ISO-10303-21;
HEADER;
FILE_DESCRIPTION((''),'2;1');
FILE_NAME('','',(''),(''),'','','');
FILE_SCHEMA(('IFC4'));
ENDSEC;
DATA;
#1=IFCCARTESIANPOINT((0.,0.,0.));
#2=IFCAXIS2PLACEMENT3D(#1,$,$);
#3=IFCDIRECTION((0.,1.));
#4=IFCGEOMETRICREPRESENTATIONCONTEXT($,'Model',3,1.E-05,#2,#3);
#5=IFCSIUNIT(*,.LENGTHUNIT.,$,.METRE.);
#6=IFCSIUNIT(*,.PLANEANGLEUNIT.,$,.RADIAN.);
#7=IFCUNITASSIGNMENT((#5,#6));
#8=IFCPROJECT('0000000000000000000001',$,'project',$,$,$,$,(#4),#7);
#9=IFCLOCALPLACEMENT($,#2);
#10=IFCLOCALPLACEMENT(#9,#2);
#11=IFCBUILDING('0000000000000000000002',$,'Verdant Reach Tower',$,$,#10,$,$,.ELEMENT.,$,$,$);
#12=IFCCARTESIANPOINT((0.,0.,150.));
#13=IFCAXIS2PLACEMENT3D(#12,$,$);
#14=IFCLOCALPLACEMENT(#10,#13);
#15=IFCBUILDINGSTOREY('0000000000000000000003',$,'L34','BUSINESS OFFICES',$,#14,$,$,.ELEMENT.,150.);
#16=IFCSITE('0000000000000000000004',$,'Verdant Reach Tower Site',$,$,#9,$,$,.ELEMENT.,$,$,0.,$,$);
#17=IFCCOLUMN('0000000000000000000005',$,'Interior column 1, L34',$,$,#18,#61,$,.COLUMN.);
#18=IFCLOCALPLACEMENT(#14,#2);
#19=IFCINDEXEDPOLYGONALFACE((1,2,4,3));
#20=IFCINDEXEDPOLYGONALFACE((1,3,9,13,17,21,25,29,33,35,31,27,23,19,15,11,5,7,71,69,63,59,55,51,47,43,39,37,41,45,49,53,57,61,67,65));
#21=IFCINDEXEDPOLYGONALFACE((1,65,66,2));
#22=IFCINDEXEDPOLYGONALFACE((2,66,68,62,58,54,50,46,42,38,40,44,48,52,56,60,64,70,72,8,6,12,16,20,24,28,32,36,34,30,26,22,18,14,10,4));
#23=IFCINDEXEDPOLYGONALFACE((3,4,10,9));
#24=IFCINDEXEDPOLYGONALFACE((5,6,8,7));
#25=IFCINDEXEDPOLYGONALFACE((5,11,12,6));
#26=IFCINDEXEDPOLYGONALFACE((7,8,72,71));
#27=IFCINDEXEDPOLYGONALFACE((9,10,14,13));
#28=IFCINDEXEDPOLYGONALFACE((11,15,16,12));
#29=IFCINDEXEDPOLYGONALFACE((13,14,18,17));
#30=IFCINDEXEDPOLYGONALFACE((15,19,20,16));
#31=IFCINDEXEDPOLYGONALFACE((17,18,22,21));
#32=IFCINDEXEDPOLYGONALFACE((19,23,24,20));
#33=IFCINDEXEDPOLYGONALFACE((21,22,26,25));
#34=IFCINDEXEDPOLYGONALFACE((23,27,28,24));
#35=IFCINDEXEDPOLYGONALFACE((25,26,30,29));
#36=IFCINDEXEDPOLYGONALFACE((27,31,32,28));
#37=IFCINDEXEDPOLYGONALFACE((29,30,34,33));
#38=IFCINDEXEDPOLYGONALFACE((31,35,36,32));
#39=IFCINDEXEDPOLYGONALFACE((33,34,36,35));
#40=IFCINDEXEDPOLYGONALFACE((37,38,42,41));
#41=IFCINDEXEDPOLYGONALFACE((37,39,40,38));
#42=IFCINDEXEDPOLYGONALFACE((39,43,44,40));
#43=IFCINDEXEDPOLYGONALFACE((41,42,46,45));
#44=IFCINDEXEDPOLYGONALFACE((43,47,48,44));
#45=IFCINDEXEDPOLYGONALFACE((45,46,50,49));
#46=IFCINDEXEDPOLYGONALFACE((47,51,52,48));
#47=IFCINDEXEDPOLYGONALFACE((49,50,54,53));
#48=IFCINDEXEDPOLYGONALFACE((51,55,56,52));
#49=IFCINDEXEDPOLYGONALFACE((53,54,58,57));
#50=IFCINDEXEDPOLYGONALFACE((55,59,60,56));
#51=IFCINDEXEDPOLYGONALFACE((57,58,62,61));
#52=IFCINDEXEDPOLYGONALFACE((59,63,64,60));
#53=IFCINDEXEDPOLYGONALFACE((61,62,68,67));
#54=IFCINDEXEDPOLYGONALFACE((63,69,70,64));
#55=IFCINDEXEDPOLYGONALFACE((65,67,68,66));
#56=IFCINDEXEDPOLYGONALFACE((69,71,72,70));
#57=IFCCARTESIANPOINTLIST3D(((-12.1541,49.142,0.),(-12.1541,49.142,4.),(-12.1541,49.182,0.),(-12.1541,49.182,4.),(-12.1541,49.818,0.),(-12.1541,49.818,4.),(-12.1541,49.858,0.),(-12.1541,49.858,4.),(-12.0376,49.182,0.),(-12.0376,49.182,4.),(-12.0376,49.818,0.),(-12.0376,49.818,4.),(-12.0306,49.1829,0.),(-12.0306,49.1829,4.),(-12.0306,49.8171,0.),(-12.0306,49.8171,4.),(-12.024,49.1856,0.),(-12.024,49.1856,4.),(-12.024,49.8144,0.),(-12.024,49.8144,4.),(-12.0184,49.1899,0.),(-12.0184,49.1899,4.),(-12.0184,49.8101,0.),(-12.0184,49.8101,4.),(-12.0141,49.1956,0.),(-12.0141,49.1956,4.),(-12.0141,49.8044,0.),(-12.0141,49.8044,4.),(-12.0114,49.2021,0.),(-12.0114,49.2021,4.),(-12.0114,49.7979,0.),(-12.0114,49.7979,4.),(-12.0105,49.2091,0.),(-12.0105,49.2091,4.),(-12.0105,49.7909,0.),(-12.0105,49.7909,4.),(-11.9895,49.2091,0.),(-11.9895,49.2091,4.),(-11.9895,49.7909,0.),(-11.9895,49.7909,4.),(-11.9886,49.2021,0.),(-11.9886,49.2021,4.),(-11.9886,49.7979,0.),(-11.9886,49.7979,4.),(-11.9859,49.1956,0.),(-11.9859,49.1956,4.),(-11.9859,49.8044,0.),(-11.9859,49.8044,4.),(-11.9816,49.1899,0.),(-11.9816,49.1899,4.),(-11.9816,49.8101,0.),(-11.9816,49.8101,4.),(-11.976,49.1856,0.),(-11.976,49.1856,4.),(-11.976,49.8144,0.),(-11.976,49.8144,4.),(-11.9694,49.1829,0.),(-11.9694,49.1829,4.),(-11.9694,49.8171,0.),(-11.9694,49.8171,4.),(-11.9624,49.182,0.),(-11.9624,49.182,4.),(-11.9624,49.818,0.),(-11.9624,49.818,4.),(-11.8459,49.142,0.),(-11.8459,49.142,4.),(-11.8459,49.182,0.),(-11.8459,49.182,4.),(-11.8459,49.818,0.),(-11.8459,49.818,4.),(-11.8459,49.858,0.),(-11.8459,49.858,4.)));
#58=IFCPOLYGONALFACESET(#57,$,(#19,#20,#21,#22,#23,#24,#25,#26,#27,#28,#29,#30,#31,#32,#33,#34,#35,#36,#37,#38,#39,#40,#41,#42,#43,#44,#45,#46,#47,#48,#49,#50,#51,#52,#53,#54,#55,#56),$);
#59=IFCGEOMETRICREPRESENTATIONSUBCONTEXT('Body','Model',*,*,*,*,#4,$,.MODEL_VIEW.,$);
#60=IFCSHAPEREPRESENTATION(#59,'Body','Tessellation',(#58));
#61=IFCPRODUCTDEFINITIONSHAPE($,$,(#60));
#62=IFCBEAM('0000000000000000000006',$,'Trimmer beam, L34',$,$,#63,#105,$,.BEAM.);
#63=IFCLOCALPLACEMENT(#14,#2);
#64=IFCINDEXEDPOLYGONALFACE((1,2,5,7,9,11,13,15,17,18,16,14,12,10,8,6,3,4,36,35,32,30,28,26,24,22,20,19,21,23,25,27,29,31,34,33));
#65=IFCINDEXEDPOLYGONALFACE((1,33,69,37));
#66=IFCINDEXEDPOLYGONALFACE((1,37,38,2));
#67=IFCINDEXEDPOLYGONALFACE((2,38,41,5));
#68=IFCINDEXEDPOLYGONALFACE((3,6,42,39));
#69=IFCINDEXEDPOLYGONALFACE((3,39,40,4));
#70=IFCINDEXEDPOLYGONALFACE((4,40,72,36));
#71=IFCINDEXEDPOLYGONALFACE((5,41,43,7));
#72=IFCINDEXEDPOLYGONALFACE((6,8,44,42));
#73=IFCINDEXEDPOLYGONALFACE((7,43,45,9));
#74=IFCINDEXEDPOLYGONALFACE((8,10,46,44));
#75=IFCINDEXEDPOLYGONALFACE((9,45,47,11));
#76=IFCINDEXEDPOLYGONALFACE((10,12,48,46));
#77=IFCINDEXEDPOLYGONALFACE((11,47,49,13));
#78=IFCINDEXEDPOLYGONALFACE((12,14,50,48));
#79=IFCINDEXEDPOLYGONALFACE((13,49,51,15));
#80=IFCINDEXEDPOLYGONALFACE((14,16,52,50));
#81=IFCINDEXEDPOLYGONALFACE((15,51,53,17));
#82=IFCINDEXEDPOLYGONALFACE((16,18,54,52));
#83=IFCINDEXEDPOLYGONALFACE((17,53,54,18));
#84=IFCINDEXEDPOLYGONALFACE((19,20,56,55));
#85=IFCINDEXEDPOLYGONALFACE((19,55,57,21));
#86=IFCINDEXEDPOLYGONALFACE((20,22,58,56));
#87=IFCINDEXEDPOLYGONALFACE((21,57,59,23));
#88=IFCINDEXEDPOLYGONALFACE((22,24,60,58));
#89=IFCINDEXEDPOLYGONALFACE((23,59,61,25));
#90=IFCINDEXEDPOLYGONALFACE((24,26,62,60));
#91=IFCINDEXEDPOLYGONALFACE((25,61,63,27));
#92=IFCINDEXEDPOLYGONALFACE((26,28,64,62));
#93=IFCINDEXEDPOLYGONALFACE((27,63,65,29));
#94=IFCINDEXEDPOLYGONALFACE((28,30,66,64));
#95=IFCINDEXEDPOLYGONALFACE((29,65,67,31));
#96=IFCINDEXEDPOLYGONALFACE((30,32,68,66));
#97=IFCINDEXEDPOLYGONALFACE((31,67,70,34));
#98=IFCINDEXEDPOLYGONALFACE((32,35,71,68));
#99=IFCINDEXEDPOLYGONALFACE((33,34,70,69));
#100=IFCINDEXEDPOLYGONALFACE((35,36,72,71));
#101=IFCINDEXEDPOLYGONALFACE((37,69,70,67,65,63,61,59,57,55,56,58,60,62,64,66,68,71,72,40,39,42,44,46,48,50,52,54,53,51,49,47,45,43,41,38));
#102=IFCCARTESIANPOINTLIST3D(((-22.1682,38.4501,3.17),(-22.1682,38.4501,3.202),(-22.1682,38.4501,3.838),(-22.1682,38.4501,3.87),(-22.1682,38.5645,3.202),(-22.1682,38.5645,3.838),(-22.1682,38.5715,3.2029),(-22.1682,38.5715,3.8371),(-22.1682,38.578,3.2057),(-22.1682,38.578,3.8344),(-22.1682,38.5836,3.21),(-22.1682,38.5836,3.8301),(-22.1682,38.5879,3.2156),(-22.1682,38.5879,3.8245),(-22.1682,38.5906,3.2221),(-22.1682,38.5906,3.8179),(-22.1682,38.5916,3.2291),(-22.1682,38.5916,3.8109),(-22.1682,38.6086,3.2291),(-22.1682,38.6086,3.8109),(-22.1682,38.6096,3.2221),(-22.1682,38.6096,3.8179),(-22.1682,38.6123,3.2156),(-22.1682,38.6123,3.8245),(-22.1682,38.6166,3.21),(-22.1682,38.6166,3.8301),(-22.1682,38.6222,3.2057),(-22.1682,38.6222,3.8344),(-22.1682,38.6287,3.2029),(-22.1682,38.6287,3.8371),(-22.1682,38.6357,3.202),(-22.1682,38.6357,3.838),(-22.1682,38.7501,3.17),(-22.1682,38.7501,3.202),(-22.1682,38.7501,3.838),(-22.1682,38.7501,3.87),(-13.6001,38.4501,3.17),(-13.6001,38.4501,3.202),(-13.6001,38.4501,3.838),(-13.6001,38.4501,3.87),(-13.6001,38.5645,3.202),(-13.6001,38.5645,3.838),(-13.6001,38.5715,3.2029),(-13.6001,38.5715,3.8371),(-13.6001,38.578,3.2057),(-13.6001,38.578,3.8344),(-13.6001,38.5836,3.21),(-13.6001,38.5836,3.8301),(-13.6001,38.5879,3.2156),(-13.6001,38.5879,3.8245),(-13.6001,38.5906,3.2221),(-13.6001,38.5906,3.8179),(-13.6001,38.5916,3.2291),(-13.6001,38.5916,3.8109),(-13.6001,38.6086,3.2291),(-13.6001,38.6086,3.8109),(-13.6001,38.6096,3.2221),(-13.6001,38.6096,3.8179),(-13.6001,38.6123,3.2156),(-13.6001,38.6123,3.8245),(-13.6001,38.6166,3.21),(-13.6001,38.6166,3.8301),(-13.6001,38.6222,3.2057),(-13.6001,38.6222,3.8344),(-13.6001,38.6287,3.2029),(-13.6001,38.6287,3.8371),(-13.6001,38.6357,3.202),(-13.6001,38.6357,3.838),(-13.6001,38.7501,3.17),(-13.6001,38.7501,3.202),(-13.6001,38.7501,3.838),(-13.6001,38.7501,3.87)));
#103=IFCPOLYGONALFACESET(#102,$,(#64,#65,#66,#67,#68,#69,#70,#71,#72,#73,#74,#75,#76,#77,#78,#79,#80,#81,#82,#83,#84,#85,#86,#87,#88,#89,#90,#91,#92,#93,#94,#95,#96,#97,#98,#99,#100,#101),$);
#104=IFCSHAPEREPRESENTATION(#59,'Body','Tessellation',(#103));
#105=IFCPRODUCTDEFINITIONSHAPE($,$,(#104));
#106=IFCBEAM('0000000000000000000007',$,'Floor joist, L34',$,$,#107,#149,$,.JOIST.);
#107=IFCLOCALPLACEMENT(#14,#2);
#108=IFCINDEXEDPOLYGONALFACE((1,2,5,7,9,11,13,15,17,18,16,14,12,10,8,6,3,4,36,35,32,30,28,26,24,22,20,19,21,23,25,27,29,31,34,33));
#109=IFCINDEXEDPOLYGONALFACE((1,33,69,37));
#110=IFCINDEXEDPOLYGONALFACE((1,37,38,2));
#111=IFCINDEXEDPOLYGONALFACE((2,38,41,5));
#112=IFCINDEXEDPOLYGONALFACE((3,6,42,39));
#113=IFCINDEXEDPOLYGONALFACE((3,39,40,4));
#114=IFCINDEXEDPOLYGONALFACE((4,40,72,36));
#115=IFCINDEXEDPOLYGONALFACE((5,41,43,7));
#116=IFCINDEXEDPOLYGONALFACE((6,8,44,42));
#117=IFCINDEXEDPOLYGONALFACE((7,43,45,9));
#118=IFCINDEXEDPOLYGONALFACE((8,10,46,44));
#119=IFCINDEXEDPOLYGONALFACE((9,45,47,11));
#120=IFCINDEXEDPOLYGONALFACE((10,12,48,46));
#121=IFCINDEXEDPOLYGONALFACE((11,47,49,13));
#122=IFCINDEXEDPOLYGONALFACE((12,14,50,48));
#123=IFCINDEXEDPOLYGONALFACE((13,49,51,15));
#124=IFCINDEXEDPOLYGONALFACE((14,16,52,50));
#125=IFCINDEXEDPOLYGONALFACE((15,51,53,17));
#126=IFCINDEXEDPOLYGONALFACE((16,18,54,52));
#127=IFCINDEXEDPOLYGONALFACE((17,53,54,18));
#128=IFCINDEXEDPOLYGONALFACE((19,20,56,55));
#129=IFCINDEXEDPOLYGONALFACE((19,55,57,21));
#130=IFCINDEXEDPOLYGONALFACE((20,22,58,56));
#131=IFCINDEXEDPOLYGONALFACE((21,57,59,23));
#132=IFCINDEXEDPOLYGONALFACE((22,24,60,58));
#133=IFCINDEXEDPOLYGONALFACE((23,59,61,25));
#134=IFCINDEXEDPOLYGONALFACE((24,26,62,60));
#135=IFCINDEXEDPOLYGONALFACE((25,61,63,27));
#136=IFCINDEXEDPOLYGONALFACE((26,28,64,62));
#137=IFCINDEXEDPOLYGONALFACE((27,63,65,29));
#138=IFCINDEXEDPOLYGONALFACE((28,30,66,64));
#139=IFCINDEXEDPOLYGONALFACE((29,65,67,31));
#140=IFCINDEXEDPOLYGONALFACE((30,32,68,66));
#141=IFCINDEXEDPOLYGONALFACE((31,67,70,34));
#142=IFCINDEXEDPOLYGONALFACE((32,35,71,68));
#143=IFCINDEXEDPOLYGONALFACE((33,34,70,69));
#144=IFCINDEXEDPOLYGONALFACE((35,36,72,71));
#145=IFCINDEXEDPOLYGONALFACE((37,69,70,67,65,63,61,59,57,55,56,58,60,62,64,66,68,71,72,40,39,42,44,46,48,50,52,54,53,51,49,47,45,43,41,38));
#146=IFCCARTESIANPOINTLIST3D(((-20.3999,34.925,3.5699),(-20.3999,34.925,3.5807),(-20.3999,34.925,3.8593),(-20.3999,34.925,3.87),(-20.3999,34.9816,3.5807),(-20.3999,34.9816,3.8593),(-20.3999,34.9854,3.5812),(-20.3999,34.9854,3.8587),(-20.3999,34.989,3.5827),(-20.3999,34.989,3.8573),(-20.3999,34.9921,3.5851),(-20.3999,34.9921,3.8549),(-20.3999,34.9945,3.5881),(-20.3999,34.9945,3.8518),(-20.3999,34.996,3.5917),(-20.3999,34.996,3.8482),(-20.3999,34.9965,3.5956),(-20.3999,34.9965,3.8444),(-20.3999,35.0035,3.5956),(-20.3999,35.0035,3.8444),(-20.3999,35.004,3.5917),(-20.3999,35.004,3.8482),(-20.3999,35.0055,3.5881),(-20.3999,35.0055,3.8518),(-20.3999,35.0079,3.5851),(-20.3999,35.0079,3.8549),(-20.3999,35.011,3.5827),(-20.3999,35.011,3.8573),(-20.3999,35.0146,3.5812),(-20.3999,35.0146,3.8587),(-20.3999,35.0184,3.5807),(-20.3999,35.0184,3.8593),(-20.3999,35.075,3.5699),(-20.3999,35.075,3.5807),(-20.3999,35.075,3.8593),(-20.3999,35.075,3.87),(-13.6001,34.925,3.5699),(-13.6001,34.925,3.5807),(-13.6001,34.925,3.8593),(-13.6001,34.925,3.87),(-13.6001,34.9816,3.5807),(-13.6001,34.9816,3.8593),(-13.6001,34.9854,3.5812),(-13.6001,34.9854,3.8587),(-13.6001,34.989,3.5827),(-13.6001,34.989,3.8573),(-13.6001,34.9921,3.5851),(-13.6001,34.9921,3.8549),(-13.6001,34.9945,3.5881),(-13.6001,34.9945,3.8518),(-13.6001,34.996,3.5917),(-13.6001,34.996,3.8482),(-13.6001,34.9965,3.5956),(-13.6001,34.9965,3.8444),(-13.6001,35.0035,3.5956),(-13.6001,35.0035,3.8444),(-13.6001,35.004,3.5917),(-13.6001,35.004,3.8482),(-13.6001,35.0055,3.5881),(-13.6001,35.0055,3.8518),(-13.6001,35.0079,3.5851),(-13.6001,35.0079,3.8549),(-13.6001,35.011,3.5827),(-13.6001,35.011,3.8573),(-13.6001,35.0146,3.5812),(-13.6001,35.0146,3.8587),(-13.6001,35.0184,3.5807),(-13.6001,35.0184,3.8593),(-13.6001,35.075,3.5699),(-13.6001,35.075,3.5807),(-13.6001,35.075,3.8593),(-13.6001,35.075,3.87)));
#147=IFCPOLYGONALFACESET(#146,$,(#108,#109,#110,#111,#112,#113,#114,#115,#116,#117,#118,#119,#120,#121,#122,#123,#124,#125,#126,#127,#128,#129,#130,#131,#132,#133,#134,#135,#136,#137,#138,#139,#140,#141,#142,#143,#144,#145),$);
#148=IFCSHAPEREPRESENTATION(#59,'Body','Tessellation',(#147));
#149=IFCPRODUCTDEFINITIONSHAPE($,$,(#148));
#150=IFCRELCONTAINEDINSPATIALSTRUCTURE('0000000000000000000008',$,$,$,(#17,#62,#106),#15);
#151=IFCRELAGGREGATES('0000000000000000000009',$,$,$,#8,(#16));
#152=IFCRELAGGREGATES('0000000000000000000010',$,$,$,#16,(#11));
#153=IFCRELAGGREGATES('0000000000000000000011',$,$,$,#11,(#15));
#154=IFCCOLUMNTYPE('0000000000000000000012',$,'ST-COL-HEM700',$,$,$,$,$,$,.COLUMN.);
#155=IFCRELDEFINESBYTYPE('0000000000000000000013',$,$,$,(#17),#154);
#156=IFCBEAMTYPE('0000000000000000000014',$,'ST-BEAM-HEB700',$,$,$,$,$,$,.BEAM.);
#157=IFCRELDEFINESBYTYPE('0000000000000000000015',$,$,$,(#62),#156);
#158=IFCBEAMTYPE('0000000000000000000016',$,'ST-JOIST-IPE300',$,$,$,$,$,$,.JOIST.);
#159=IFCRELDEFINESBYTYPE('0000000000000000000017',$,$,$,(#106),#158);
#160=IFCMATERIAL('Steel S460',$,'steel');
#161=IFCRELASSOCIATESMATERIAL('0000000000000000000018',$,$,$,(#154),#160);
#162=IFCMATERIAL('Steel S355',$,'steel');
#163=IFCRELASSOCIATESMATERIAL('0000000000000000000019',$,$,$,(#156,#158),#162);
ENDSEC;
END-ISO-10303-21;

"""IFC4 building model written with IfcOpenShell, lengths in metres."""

from ifc_helpers import new_model, si_unit, direction, frame, origin, origin_2d, place, context, subcontext, project, spatial, i_section, extrude, material, material_profile, profile_set, type_object, element, save


model = new_model("IFC4")

# Units and contexts
model_context = context("Model", 3, precision=1e-05, world=origin(), true_north=direction((0.0, 1.0)))
body_context = subcontext(model_context, "Body", "Model", "MODEL_VIEW")
ifc_project = project(units=[si_unit("LENGTHUNIT", "METRE"), si_unit("PLANEANGLEUNIT", "RADIAN")], contexts=[model_context])

# Site, building, storey
site_placement = place(None, origin())
site = spatial("IfcSite", under=ifc_project, at=site_placement, Name="Verdant Reach Tower Site", CompositionType="ELEMENT", RefElevation=0.0)
building_placement = place(site_placement, origin())
building = spatial("IfcBuilding", under=site, at=building_placement, Name="Verdant Reach Tower", CompositionType="ELEMENT")
storey_placement = place(building_placement, frame((0.0, 0.0, 150.0)))
storey = spatial("IfcBuildingStorey", under=building, at=storey_placement, Name="L34", Description="BUSINESS OFFICES", CompositionType="ELEMENT", Elevation=150.0)

# Column
ifc_material_1 = material(Name="Steel S460", Category="steel")
ifc_material_profile_1 = material_profile(ifc_material_1, i_section(OverallWidth=0.3081, OverallDepth=0.7161, WebThickness=0.021, FlangeThickness=0.04, FilletRadius=0.0271, at=origin_2d()), Name="HEM 700")
ifc_profile_set_1 = profile_set([ifc_material_profile_1], Name="Steel S460")
column_type = type_object("IfcColumnType", Name="ST-COL-HEM700", PredefinedType="COLUMN", material=ifc_profile_set_1)
column_placement = place(storey_placement, frame((-12.0, 49.5, 0.0), z_axis=(0.0, 0.0, 1.0), x_axis=(1.0, 0.0, 0.0)))
element("IfcColumn", 1, at=column_placement, inside=storey, type_object=column_type, Name="Interior column 1, L34", PredefinedType="COLUMN", context=body_context, shape_type="SweptSolid", body=[
    extrude(i_section(OverallWidth=0.3081, OverallDepth=0.7161, WebThickness=0.021, FlangeThickness=0.04, FilletRadius=0.0271, at=origin_2d()), origin(), (0.0, 0.0, 1.0), 4.0),
])

# Beams
ifc_material_2 = material(Name="Steel S355", Category="steel")
ifc_material_profile_2 = material_profile(ifc_material_2, i_section(OverallWidth=0.3, OverallDepth=0.7, WebThickness=0.0171, FlangeThickness=0.032, FilletRadius=0.0271, at=origin_2d()), Name="HEB 700")
ifc_profile_set_2 = profile_set([ifc_material_profile_2], Name="Steel S355")
beam_type_1 = type_object("IfcBeamType", Name="ST-BEAM-HEB700", PredefinedType="BEAM", material=ifc_profile_set_2)
beam_1_placement = place(storey_placement, frame((-13.6001, 38.6001, 3.52), z_axis=(-1.0, 0.0, 0.0), x_axis=(0.0, -1.0, 0.0)))
element("IfcBeam", 2, at=beam_1_placement, inside=storey, type_object=beam_type_1, Name="Trimmer beam, L34", PredefinedType="BEAM", context=body_context, shape_type="SweptSolid", body=[
    extrude(i_section(OverallWidth=0.3, OverallDepth=0.7, WebThickness=0.0171, FlangeThickness=0.032, FilletRadius=0.0271, at=origin_2d()), origin(), (0.0, 0.0, 1.0), 8.5681),
])
ifc_material_profile_3 = material_profile(ifc_material_2, i_section(OverallWidth=0.1499, OverallDepth=0.3, WebThickness=0.0071, FlangeThickness=0.0107, FilletRadius=0.0149, at=origin_2d()), Name="IPE 300")
ifc_profile_set_3 = profile_set([ifc_material_profile_3], Name="Steel S355")
beam_type_2 = type_object("IfcBeamType", Name="ST-JOIST-IPE300", PredefinedType="JOIST", material=ifc_profile_set_3)
beam_2_placement = place(storey_placement, frame((-13.6001, 35.0, 3.72), z_axis=(-1.0, 0.0, 0.0), x_axis=(0.0, -1.0, 0.0)))
element("IfcBeam", 3, at=beam_2_placement, inside=storey, type_object=beam_type_2, Name="Floor joist, L34", PredefinedType="JOIST", context=body_context, shape_type="SweptSolid", body=[
    extrude(i_section(OverallWidth=0.1499, OverallDepth=0.3, WebThickness=0.0071, FlangeThickness=0.0107, FilletRadius=0.0149, at=origin_2d()), origin(), (0.0, 0.0, 1.0), 6.7998),
])

save(model, "model.ifc")
